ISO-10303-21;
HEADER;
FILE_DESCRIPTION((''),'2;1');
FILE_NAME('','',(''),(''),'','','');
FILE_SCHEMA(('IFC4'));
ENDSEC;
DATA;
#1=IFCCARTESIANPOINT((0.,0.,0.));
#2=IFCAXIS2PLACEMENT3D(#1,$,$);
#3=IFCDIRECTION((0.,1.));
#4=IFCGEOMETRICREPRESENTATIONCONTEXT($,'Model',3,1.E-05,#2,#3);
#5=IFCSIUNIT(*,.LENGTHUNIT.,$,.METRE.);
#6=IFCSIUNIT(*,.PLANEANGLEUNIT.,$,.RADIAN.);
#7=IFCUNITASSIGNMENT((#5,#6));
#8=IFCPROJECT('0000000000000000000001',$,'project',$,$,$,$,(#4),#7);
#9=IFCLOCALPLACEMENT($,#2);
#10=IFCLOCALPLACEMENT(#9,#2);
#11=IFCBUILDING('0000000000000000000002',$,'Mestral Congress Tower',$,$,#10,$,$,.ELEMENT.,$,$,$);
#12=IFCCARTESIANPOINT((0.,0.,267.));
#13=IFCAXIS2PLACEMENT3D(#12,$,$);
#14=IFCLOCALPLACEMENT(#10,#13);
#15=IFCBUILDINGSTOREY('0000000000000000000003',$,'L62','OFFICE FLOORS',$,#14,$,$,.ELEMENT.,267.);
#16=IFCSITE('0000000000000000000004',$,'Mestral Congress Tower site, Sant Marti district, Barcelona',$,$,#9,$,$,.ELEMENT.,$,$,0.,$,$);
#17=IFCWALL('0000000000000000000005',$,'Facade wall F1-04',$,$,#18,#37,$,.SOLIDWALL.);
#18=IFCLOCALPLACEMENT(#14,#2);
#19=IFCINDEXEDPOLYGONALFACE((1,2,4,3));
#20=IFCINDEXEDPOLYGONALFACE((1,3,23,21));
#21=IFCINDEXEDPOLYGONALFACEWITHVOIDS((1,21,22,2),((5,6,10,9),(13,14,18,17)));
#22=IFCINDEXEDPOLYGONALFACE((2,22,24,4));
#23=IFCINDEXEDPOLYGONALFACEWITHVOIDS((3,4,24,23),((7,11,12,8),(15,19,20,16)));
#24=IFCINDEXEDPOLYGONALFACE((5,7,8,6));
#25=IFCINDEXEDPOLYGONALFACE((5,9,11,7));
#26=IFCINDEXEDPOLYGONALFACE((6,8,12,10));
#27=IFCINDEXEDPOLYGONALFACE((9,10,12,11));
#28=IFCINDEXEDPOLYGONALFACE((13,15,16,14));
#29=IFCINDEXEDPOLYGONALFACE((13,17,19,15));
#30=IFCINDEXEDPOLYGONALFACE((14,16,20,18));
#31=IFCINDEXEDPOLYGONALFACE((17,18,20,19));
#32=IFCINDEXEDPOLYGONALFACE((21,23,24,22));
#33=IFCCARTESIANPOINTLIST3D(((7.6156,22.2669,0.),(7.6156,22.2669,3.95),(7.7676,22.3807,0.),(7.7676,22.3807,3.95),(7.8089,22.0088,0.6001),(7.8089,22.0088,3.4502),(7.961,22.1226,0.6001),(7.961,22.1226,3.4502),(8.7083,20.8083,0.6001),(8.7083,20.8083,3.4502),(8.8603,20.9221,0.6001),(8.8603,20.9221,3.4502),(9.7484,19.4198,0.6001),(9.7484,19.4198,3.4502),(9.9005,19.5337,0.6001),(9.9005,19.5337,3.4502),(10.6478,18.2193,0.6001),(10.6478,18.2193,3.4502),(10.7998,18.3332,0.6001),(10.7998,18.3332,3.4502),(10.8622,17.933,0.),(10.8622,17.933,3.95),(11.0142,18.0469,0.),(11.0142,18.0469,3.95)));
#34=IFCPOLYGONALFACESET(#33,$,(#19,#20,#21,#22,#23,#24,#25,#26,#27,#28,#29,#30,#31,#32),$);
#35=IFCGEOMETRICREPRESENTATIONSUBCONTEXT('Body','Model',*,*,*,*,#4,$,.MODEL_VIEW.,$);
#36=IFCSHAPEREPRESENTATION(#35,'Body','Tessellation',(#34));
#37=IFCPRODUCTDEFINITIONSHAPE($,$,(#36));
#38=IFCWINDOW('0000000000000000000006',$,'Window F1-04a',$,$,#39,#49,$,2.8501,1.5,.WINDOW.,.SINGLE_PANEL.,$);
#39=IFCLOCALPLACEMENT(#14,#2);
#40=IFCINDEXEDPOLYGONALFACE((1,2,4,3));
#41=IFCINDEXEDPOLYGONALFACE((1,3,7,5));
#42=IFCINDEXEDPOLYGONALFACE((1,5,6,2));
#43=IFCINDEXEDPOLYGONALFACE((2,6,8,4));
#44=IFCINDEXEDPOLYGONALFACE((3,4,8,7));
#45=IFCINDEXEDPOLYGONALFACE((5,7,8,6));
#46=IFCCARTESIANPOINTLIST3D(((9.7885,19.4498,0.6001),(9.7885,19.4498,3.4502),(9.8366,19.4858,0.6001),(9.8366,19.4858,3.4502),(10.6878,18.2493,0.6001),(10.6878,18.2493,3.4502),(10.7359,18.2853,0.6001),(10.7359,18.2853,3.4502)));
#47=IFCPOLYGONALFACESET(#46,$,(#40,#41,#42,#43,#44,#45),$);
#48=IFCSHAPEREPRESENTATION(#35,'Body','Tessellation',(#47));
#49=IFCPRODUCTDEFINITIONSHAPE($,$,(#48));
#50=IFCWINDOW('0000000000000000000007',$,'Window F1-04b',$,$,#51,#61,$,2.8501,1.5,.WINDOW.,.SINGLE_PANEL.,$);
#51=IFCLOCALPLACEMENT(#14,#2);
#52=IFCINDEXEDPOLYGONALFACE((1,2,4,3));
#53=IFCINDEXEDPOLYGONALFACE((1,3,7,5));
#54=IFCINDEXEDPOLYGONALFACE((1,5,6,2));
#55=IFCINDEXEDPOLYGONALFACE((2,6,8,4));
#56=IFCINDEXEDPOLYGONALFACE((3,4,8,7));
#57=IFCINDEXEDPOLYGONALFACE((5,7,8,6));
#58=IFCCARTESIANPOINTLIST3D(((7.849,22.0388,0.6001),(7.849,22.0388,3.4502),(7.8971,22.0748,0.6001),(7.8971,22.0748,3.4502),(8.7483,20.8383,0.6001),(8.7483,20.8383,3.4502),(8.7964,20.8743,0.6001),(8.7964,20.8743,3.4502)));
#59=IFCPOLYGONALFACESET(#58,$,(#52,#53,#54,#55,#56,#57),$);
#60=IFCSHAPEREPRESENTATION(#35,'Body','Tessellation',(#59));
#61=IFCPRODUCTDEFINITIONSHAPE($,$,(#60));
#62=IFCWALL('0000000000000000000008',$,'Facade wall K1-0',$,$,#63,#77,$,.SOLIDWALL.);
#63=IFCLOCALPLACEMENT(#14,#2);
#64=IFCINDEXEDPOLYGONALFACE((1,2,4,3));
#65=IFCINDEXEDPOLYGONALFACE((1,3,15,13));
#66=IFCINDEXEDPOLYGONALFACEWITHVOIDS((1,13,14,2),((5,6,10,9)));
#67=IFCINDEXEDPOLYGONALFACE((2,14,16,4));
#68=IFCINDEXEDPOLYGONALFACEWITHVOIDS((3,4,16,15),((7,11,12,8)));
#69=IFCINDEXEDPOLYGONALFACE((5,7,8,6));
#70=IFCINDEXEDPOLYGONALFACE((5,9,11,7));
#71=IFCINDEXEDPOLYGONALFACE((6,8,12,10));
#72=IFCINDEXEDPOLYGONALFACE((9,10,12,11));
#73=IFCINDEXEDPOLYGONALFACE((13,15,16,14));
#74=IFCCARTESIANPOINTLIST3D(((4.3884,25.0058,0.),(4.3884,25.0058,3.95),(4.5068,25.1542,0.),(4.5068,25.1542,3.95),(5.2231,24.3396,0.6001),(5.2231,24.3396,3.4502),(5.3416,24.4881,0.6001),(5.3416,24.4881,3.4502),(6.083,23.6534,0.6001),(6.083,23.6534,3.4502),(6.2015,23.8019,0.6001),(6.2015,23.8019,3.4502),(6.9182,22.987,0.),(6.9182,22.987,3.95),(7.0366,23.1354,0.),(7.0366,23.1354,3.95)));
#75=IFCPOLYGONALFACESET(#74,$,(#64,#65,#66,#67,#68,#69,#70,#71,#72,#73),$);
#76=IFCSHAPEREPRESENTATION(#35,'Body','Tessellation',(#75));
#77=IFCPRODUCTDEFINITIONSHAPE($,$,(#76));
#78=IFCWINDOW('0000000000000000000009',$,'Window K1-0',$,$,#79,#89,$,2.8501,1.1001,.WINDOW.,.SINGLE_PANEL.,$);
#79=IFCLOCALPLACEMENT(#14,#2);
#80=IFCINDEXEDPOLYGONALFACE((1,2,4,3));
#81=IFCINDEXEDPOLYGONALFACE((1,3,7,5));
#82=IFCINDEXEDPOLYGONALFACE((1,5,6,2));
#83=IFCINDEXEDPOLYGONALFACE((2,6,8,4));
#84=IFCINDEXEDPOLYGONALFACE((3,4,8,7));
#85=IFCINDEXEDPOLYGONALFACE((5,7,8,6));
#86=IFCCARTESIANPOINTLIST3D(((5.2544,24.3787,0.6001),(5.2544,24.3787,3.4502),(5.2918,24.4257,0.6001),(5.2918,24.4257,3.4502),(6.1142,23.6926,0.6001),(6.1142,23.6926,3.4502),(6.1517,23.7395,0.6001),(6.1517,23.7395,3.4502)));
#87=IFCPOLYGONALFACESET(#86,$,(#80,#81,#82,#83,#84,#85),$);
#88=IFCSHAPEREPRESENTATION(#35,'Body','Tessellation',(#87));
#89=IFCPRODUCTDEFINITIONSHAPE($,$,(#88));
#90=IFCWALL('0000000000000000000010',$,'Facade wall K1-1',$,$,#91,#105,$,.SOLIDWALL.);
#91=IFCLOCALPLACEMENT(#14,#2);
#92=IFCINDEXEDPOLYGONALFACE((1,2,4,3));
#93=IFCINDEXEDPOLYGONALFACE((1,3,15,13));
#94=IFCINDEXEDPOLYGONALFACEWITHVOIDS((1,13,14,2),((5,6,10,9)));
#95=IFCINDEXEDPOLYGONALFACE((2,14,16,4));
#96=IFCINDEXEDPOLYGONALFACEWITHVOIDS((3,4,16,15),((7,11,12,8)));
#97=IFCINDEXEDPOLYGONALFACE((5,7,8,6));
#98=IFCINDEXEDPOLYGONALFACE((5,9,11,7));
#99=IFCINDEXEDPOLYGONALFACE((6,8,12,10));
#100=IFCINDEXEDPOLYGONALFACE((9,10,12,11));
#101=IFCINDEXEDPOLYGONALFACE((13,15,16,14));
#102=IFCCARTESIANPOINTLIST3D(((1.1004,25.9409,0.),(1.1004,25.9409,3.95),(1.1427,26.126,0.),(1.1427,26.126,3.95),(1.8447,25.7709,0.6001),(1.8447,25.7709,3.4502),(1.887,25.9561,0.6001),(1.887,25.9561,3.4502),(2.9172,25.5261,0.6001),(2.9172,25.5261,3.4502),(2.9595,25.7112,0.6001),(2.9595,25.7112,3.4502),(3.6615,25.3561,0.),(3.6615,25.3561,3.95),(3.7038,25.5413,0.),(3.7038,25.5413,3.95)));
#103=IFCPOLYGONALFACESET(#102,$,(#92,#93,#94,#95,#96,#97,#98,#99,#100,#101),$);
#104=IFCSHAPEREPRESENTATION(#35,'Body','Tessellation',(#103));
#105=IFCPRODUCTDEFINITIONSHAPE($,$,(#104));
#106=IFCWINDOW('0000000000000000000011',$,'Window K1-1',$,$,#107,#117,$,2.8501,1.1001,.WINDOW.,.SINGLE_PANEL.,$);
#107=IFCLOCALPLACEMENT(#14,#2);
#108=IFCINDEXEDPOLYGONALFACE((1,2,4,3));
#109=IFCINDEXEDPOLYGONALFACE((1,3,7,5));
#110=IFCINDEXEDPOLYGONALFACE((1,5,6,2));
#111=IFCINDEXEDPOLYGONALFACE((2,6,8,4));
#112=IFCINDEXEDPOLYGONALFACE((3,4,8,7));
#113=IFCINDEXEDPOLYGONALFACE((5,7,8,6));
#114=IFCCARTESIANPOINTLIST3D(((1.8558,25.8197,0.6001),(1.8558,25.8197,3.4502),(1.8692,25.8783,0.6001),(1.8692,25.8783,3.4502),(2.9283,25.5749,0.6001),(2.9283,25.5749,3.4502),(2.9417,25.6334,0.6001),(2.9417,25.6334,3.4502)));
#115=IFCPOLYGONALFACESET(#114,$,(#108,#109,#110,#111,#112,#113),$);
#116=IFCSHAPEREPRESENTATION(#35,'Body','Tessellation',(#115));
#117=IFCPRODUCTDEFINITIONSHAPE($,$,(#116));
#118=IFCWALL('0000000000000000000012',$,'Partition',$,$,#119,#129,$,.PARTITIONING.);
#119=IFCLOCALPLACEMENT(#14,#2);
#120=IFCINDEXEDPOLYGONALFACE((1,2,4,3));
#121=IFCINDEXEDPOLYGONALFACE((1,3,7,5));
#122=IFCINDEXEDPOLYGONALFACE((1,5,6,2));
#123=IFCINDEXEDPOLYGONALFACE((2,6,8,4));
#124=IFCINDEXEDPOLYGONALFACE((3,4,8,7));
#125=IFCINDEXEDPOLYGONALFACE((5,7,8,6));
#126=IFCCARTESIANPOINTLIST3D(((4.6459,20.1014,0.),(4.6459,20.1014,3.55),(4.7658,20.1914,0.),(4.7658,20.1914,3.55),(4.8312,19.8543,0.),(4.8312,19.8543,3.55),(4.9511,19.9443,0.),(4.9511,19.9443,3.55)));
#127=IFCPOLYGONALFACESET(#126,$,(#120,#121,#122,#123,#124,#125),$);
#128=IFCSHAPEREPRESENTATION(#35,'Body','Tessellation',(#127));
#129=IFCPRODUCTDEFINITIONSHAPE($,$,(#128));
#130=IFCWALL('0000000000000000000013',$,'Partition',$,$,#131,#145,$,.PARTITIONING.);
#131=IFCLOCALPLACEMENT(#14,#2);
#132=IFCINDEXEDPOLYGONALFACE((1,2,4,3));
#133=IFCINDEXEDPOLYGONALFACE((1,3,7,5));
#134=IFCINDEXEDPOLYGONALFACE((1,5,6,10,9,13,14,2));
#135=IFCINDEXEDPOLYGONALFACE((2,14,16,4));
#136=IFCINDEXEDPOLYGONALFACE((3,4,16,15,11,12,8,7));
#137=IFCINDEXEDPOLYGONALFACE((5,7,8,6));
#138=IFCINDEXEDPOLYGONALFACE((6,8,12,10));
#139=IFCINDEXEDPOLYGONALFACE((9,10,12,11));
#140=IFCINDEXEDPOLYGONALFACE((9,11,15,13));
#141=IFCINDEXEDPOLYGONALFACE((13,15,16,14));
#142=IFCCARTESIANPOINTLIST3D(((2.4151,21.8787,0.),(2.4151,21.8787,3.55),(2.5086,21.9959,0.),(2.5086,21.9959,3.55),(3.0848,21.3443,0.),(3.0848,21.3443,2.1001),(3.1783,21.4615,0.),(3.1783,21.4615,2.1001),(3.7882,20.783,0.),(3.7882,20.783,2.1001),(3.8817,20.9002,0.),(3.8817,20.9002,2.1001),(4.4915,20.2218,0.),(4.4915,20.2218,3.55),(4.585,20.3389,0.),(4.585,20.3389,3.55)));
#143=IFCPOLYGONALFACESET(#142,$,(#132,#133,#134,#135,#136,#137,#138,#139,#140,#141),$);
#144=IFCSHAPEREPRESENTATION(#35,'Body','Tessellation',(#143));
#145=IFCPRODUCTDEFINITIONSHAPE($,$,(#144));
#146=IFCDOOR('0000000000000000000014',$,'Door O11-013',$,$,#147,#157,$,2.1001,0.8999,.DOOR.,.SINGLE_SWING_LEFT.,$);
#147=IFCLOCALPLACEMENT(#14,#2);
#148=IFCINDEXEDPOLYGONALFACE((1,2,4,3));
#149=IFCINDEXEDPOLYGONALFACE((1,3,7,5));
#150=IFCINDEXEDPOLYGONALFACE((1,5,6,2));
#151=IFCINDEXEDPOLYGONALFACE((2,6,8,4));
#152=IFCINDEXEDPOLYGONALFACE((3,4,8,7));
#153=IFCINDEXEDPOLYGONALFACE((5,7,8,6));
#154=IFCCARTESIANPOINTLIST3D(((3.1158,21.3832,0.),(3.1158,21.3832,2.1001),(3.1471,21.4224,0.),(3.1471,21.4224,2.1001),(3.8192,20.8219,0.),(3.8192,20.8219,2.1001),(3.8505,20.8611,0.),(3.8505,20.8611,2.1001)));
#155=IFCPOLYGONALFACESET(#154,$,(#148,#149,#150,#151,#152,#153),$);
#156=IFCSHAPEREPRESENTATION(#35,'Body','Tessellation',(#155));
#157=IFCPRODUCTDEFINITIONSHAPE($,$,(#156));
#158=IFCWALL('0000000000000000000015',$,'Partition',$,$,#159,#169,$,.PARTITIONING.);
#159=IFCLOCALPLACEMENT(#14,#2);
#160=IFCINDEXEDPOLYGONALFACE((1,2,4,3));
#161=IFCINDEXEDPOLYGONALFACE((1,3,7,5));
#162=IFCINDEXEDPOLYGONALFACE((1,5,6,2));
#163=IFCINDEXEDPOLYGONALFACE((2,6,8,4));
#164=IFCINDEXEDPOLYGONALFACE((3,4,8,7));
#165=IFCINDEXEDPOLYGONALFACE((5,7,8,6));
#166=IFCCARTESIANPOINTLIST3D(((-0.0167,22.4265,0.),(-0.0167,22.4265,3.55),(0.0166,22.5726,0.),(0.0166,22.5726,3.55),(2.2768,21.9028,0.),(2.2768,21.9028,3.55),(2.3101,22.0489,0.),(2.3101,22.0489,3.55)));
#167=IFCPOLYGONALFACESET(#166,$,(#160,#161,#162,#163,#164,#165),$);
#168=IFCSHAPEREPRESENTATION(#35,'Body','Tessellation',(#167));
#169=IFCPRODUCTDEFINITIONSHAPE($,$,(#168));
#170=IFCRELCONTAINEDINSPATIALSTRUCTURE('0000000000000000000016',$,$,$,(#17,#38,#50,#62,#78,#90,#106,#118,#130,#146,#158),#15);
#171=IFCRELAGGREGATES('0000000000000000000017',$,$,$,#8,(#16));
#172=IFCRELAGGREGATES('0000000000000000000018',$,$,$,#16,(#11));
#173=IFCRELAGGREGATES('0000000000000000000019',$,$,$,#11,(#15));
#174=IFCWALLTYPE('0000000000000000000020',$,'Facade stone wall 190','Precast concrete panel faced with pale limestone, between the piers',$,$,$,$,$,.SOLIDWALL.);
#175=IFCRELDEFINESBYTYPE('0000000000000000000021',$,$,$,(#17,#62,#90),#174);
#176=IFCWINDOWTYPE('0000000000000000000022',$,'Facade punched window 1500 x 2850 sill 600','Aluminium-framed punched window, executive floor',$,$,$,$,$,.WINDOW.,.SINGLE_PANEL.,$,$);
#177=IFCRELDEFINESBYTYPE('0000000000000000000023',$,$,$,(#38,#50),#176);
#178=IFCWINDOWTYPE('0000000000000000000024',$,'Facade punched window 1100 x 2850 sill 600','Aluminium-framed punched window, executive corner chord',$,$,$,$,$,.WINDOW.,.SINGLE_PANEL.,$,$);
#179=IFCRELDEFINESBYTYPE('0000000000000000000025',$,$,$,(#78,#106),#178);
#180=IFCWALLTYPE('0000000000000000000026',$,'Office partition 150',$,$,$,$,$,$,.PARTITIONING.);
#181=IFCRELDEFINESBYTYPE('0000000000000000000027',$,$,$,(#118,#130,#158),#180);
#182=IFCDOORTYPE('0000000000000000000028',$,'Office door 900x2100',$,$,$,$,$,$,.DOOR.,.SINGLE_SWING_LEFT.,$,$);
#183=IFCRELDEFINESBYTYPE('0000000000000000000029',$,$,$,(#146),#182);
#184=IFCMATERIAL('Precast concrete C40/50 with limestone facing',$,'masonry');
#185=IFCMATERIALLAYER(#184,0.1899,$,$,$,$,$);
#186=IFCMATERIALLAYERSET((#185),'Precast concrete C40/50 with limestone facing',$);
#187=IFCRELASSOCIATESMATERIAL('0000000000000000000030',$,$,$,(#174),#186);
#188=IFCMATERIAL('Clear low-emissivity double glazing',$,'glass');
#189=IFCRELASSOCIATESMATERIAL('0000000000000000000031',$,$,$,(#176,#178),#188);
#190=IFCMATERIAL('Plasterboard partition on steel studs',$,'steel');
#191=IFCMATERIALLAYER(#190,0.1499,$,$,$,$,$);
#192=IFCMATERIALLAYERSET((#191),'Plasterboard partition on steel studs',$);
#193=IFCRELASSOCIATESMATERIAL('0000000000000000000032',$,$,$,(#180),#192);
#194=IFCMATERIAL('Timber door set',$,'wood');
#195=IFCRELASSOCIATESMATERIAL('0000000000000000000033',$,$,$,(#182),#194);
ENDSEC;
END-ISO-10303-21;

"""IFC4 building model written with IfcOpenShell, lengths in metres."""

from ifc_helpers import new_model, si_unit, direction, frame, frame_2d, origin, place, context, subcontext, project, spatial, rectangle, extrude, material, layer, layer_set, type_object, element, fill, save


model = new_model("IFC4")

# Units and contexts
model_context = context("Model", 3, precision=1e-05, world=origin(), true_north=direction((0.0, 1.0)))
body_context = subcontext(model_context, "Body", "Model", "MODEL_VIEW")
ifc_project = project(units=[si_unit("LENGTHUNIT", "METRE"), si_unit("PLANEANGLEUNIT", "RADIAN")], contexts=[model_context])

# Site, building, storey
site_placement = place(None, origin())
site = spatial("IfcSite", under=ifc_project, at=site_placement, Name="Mestral Congress Tower site, Sant Marti district, Barcelona", CompositionType="ELEMENT", RefElevation=0.0)
building_placement = place(site_placement, origin())
building = spatial("IfcBuilding", under=site, at=building_placement, Name="Mestral Congress Tower", CompositionType="ELEMENT")
storey_placement = place(building_placement, frame((0.0, 0.0, 267.0)))
storey = spatial("IfcBuildingStorey", under=building, at=storey_placement, Name="L62", Description="OFFICE FLOORS", CompositionType="ELEMENT", Elevation=267.0)

# Wall, openings, windows
ifc_material_1 = material(Name="Precast concrete C40/50 with limestone facing", Category="masonry")
ifc_layer_1 = layer(ifc_material_1, 0.1899)
ifc_layer_set_1 = layer_set([ifc_layer_1], Name="Precast concrete C40/50 with limestone facing")
wall_type_1 = type_object("IfcWallType", Name="Facade stone wall 190", Description="Precast concrete panel faced with pale limestone, between the piers", PredefinedType="SOLIDWALL", material=ifc_layer_set_1)
wall_1_placement = place(storey_placement, frame((10.9382, 17.99, 0.0), z_axis=(0.0, 0.0, 1.0), x_axis=(-0.59956, 0.80033, 0.0)))
wall_1 = element("IfcWall", 1, at=wall_1_placement, inside=storey, type_object=wall_type_1, Name="Facade wall F1-04", PredefinedType="SOLIDWALL", context=body_context, shape_type="SweptSolid", body=[
    extrude(rectangle(XDim=5.415, YDim=0.1899, at=frame_2d((2.7075, 0.0))), origin(), (0.0, 0.0, 1.0), 3.95),
])
opening_1_placement = place(wall_1_placement, frame((0.3577, 0.0, 0.6001)))
opening_1 = element("IfcOpeningElement", 2, at=opening_1_placement, cuts=wall_1, PredefinedType="OPENING", context=body_context, shape_type="SweptSolid", body=[
    extrude(rectangle(XDim=1.5, YDim=2.8501, at=frame_2d((0.75, 1.425))), frame((0.0, 0.105, 0.0), z_axis=(0.0, -1.0, 0.0), x_axis=(1.0, 0.0, 0.0)), (0.0, 0.0, 1.0), 0.21),
])
opening_2_placement = place(wall_1_placement, frame((3.5925, 0.0, 0.6001)))
opening_2 = element("IfcOpeningElement", 3, at=opening_2_placement, cuts=wall_1, PredefinedType="OPENING", context=body_context, shape_type="SweptSolid", body=[
    extrude(rectangle(XDim=1.5, YDim=2.8501, at=frame_2d((0.75, 1.425))), frame((0.0, 0.105, 0.0), z_axis=(0.0, -1.0, 0.0), x_axis=(1.0, 0.0, 0.0)), (0.0, 0.0, 1.0), 0.21),
])
ifc_material_2 = material(Name="Clear low-emissivity double glazing", Category="glass")
window_type_1 = type_object("IfcWindowType", Name="Facade punched window 1500 x 2850 sill 600", Description="Aluminium-framed punched window, executive floor", PartitioningType="SINGLE_PANEL", PredefinedType="WINDOW", material=ifc_material_2)
window_1_placement = place(opening_1_placement, origin())
window_1 = element("IfcWindow", 4, at=window_1_placement, inside=storey, type_object=window_type_1, Name="Window F1-04a", OverallHeight=2.8501, OverallWidth=1.5, PartitioningType="SINGLE_PANEL", PredefinedType="WINDOW", context=body_context, shape_type="SweptSolid", body=[
    extrude(rectangle(XDim=1.5, YDim=2.8501, at=frame_2d((0.75, 1.425))), frame((0.0, 0.0449, 0.0), z_axis=(0.0, -1.0, 0.0), x_axis=(1.0, 0.0, 0.0)), (0.0, 0.0, 1.0), 0.0601),
])
fill(opening_1, window_1)
window_2_placement = place(opening_2_placement, origin())
window_2 = element("IfcWindow", 5, at=window_2_placement, inside=storey, type_object=window_type_1, Name="Window F1-04b", OverallHeight=2.8501, OverallWidth=1.5, PartitioningType="SINGLE_PANEL", PredefinedType="WINDOW", context=body_context, shape_type="SweptSolid", body=[
    extrude(rectangle(XDim=1.5, YDim=2.8501, at=frame_2d((0.75, 1.425))), frame((0.0, 0.0449, 0.0), z_axis=(0.0, -1.0, 0.0), x_axis=(1.0, 0.0, 0.0)), (0.0, 0.0, 1.0), 0.0601),
])
fill(opening_2, window_2)

# Walls, openings, windows
wall_2_placement = place(storey_placement, frame((6.9773, 23.0613, 0.0), z_axis=(0.0, 0.0, 1.0), x_axis=(-0.781626, 0.623747, 0.0)))
wall_2 = element("IfcWall", 6, at=wall_2_placement, inside=storey, type_object=wall_type_1, Name="Facade wall K1-0", PredefinedType="SOLIDWALL", context=body_context, shape_type="SweptSolid", body=[
    extrude(rectangle(XDim=3.2366, YDim=0.1899, at=frame_2d((1.6182, 0.0))), origin(), (0.0, 0.0, 1.0), 3.95),
])
opening_3_placement = place(wall_2_placement, frame((1.0684, 0.0, 0.6001)))
opening_3 = element("IfcOpeningElement", 7, at=opening_3_placement, cuts=wall_2, PredefinedType="OPENING", context=body_context, shape_type="SweptSolid", body=[
    extrude(rectangle(XDim=1.1001, YDim=2.8501, at=frame_2d((0.55, 1.425))), frame((0.0, 0.105, 0.0), z_axis=(0.0, -1.0, 0.0), x_axis=(1.0, 0.0, 0.0)), (0.0, 0.0, 1.0), 0.21),
])
window_type_2 = type_object("IfcWindowType", Name="Facade punched window 1100 x 2850 sill 600", Description="Aluminium-framed punched window, executive corner chord", PartitioningType="SINGLE_PANEL", PredefinedType="WINDOW", material=ifc_material_2)
window_3_placement = place(opening_3_placement, origin())
window_3 = element("IfcWindow", 8, at=window_3_placement, inside=storey, type_object=window_type_2, Name="Window K1-0", OverallHeight=2.8501, OverallWidth=1.1001, PartitioningType="SINGLE_PANEL", PredefinedType="WINDOW", context=body_context, shape_type="SweptSolid", body=[
    extrude(rectangle(XDim=1.1001, YDim=2.8501, at=frame_2d((0.55, 1.425))), frame((0.0, 0.0449, 0.0), z_axis=(0.0, -1.0, 0.0), x_axis=(1.0, 0.0, 0.0)), (0.0, 0.0, 1.0), 0.0601),
])
fill(opening_3, window_3)
wall_3_placement = place(storey_placement, frame((3.6826, 25.4487, 0.0), z_axis=(0.0, 0.0, 1.0), x_axis=(-0.974913, 0.222585, 0.0)))
wall_3 = element("IfcWall", 9, at=wall_3_placement, inside=storey, type_object=wall_type_1, Name="Facade wall K1-1", PredefinedType="SOLIDWALL", context=body_context, shape_type="SweptSolid", body=[
    extrude(rectangle(XDim=2.627, YDim=0.1899, at=frame_2d((1.3135, 0.0))), origin(), (0.0, 0.0, 1.0), 3.95),
])
opening_4_placement = place(wall_3_placement, frame((0.7634, 0.0, 0.6001)))
opening_4 = element("IfcOpeningElement", 10, at=opening_4_placement, cuts=wall_3, PredefinedType="OPENING", context=body_context, shape_type="SweptSolid", body=[
    extrude(rectangle(XDim=1.1001, YDim=2.8501, at=frame_2d((0.55, 1.425))), frame((0.0, 0.105, 0.0), z_axis=(0.0, -1.0, 0.0), x_axis=(1.0, 0.0, 0.0)), (0.0, 0.0, 1.0), 0.21),
])
window_4_placement = place(opening_4_placement, origin())
window_4 = element("IfcWindow", 11, at=window_4_placement, inside=storey, type_object=window_type_2, Name="Window K1-1", OverallHeight=2.8501, OverallWidth=1.1001, PartitioningType="SINGLE_PANEL", PredefinedType="WINDOW", context=body_context, shape_type="SweptSolid", body=[
    extrude(rectangle(XDim=1.1001, YDim=2.8501, at=frame_2d((0.55, 1.425))), frame((0.0, 0.0449, 0.0), z_axis=(0.0, -1.0, 0.0), x_axis=(1.0, 0.0, 0.0)), (0.0, 0.0, 1.0), 0.0601),
])
fill(opening_4, window_4)

# Wall
ifc_material_3 = material(Name="Plasterboard partition on steel studs", Category="steel")
ifc_layer_2 = layer(ifc_material_3, 0.1499)
ifc_layer_set_2 = layer_set([ifc_layer_2], Name="Plasterboard partition on steel studs")
wall_type_2 = type_object("IfcWallType", Name="Office partition 150", PredefinedType="PARTITIONING", material=ifc_layer_set_2)
wall_4_placement = place(storey_placement, frame((4.8911, 19.8994, 0.0), z_axis=(0.0, 0.0, 1.0), x_axis=(-0.6, 0.8, 0.0)))
element("IfcWall", 12, at=wall_4_placement, inside=storey, type_object=wall_type_2, Name="Partition", PredefinedType="PARTITIONING", context=body_context, shape_type="SweptSolid", body=[
    extrude(rectangle(XDim=0.3088, YDim=0.1499, at=frame_2d((0.1543, 0.0))), origin(), (0.0, 0.0, 1.0), 3.55),
])

# Wall, opening, door
wall_5_placement = place(storey_placement, frame((2.4619, 21.9373, 0.0), z_axis=(0.0, 0.0, 1.0), x_axis=(0.78163, -0.623742, 0.0)))
wall_5 = element("IfcWall", 13, at=wall_5_placement, inside=storey, type_object=wall_type_2, Name="Partition", PredefinedType="PARTITIONING", context=body_context, shape_type="SweptSolid", body=[
    extrude(rectangle(XDim=2.6565, YDim=0.1499, at=frame_2d((1.3281, 0.0))), origin(), (0.0, 0.0, 1.0), 3.55),
])
opening_5_placement = place(wall_5_placement, frame((0.8567, 0.0, 0.0)))
opening_5 = element("IfcOpeningElement", 14, at=opening_5_placement, cuts=wall_5, PredefinedType="OPENING", context=body_context, shape_type="SweptSolid", body=[
    extrude(rectangle(XDim=0.8999, YDim=2.1001, at=frame_2d((0.45, 1.05))), frame((0.0, 0.085, 0.0), z_axis=(0.0, -1.0, 0.0), x_axis=(1.0, 0.0, 0.0)), (0.0, 0.0, 1.0), 0.1699),
])
ifc_material_4 = material(Name="Timber door set", Category="wood")
door_type = type_object("IfcDoorType", Name="Office door 900x2100", OperationType="SINGLE_SWING_LEFT", PredefinedType="DOOR", material=ifc_material_4)
door_placement = place(opening_5_placement, origin())
door = element("IfcDoor", 15, at=door_placement, inside=storey, type_object=door_type, Name="Door O11-013", OperationType="SINGLE_SWING_LEFT", OverallHeight=2.1001, OverallWidth=0.8999, PredefinedType="DOOR", context=body_context, shape_type="SweptSolid", body=[
    extrude(rectangle(XDim=0.8999, YDim=2.1001, at=frame_2d((0.45, 1.05))), frame((0.0, 0.0249, 0.0), z_axis=(0.0, -1.0, 0.0), x_axis=(1.0, 0.0, 0.0)), (0.0, 0.0, 1.0), 0.05),
])
fill(opening_5, door)

# Wall
wall_6_placement = place(storey_placement, frame((2.2935, 21.9758, 0.0), z_axis=(0.0, 0.0, 1.0), x_axis=(-0.974908, 0.222608, 0.0)))
element("IfcWall", 16, at=wall_6_placement, inside=storey, type_object=wall_type_2, Name="Partition", PredefinedType="PARTITIONING", context=body_context, shape_type="SweptSolid", body=[
    extrude(rectangle(XDim=2.3525, YDim=0.1499, at=frame_2d((1.1763, 0.0))), origin(), (0.0, 0.0, 1.0), 3.55),
])

save(model, "model.ifc")
